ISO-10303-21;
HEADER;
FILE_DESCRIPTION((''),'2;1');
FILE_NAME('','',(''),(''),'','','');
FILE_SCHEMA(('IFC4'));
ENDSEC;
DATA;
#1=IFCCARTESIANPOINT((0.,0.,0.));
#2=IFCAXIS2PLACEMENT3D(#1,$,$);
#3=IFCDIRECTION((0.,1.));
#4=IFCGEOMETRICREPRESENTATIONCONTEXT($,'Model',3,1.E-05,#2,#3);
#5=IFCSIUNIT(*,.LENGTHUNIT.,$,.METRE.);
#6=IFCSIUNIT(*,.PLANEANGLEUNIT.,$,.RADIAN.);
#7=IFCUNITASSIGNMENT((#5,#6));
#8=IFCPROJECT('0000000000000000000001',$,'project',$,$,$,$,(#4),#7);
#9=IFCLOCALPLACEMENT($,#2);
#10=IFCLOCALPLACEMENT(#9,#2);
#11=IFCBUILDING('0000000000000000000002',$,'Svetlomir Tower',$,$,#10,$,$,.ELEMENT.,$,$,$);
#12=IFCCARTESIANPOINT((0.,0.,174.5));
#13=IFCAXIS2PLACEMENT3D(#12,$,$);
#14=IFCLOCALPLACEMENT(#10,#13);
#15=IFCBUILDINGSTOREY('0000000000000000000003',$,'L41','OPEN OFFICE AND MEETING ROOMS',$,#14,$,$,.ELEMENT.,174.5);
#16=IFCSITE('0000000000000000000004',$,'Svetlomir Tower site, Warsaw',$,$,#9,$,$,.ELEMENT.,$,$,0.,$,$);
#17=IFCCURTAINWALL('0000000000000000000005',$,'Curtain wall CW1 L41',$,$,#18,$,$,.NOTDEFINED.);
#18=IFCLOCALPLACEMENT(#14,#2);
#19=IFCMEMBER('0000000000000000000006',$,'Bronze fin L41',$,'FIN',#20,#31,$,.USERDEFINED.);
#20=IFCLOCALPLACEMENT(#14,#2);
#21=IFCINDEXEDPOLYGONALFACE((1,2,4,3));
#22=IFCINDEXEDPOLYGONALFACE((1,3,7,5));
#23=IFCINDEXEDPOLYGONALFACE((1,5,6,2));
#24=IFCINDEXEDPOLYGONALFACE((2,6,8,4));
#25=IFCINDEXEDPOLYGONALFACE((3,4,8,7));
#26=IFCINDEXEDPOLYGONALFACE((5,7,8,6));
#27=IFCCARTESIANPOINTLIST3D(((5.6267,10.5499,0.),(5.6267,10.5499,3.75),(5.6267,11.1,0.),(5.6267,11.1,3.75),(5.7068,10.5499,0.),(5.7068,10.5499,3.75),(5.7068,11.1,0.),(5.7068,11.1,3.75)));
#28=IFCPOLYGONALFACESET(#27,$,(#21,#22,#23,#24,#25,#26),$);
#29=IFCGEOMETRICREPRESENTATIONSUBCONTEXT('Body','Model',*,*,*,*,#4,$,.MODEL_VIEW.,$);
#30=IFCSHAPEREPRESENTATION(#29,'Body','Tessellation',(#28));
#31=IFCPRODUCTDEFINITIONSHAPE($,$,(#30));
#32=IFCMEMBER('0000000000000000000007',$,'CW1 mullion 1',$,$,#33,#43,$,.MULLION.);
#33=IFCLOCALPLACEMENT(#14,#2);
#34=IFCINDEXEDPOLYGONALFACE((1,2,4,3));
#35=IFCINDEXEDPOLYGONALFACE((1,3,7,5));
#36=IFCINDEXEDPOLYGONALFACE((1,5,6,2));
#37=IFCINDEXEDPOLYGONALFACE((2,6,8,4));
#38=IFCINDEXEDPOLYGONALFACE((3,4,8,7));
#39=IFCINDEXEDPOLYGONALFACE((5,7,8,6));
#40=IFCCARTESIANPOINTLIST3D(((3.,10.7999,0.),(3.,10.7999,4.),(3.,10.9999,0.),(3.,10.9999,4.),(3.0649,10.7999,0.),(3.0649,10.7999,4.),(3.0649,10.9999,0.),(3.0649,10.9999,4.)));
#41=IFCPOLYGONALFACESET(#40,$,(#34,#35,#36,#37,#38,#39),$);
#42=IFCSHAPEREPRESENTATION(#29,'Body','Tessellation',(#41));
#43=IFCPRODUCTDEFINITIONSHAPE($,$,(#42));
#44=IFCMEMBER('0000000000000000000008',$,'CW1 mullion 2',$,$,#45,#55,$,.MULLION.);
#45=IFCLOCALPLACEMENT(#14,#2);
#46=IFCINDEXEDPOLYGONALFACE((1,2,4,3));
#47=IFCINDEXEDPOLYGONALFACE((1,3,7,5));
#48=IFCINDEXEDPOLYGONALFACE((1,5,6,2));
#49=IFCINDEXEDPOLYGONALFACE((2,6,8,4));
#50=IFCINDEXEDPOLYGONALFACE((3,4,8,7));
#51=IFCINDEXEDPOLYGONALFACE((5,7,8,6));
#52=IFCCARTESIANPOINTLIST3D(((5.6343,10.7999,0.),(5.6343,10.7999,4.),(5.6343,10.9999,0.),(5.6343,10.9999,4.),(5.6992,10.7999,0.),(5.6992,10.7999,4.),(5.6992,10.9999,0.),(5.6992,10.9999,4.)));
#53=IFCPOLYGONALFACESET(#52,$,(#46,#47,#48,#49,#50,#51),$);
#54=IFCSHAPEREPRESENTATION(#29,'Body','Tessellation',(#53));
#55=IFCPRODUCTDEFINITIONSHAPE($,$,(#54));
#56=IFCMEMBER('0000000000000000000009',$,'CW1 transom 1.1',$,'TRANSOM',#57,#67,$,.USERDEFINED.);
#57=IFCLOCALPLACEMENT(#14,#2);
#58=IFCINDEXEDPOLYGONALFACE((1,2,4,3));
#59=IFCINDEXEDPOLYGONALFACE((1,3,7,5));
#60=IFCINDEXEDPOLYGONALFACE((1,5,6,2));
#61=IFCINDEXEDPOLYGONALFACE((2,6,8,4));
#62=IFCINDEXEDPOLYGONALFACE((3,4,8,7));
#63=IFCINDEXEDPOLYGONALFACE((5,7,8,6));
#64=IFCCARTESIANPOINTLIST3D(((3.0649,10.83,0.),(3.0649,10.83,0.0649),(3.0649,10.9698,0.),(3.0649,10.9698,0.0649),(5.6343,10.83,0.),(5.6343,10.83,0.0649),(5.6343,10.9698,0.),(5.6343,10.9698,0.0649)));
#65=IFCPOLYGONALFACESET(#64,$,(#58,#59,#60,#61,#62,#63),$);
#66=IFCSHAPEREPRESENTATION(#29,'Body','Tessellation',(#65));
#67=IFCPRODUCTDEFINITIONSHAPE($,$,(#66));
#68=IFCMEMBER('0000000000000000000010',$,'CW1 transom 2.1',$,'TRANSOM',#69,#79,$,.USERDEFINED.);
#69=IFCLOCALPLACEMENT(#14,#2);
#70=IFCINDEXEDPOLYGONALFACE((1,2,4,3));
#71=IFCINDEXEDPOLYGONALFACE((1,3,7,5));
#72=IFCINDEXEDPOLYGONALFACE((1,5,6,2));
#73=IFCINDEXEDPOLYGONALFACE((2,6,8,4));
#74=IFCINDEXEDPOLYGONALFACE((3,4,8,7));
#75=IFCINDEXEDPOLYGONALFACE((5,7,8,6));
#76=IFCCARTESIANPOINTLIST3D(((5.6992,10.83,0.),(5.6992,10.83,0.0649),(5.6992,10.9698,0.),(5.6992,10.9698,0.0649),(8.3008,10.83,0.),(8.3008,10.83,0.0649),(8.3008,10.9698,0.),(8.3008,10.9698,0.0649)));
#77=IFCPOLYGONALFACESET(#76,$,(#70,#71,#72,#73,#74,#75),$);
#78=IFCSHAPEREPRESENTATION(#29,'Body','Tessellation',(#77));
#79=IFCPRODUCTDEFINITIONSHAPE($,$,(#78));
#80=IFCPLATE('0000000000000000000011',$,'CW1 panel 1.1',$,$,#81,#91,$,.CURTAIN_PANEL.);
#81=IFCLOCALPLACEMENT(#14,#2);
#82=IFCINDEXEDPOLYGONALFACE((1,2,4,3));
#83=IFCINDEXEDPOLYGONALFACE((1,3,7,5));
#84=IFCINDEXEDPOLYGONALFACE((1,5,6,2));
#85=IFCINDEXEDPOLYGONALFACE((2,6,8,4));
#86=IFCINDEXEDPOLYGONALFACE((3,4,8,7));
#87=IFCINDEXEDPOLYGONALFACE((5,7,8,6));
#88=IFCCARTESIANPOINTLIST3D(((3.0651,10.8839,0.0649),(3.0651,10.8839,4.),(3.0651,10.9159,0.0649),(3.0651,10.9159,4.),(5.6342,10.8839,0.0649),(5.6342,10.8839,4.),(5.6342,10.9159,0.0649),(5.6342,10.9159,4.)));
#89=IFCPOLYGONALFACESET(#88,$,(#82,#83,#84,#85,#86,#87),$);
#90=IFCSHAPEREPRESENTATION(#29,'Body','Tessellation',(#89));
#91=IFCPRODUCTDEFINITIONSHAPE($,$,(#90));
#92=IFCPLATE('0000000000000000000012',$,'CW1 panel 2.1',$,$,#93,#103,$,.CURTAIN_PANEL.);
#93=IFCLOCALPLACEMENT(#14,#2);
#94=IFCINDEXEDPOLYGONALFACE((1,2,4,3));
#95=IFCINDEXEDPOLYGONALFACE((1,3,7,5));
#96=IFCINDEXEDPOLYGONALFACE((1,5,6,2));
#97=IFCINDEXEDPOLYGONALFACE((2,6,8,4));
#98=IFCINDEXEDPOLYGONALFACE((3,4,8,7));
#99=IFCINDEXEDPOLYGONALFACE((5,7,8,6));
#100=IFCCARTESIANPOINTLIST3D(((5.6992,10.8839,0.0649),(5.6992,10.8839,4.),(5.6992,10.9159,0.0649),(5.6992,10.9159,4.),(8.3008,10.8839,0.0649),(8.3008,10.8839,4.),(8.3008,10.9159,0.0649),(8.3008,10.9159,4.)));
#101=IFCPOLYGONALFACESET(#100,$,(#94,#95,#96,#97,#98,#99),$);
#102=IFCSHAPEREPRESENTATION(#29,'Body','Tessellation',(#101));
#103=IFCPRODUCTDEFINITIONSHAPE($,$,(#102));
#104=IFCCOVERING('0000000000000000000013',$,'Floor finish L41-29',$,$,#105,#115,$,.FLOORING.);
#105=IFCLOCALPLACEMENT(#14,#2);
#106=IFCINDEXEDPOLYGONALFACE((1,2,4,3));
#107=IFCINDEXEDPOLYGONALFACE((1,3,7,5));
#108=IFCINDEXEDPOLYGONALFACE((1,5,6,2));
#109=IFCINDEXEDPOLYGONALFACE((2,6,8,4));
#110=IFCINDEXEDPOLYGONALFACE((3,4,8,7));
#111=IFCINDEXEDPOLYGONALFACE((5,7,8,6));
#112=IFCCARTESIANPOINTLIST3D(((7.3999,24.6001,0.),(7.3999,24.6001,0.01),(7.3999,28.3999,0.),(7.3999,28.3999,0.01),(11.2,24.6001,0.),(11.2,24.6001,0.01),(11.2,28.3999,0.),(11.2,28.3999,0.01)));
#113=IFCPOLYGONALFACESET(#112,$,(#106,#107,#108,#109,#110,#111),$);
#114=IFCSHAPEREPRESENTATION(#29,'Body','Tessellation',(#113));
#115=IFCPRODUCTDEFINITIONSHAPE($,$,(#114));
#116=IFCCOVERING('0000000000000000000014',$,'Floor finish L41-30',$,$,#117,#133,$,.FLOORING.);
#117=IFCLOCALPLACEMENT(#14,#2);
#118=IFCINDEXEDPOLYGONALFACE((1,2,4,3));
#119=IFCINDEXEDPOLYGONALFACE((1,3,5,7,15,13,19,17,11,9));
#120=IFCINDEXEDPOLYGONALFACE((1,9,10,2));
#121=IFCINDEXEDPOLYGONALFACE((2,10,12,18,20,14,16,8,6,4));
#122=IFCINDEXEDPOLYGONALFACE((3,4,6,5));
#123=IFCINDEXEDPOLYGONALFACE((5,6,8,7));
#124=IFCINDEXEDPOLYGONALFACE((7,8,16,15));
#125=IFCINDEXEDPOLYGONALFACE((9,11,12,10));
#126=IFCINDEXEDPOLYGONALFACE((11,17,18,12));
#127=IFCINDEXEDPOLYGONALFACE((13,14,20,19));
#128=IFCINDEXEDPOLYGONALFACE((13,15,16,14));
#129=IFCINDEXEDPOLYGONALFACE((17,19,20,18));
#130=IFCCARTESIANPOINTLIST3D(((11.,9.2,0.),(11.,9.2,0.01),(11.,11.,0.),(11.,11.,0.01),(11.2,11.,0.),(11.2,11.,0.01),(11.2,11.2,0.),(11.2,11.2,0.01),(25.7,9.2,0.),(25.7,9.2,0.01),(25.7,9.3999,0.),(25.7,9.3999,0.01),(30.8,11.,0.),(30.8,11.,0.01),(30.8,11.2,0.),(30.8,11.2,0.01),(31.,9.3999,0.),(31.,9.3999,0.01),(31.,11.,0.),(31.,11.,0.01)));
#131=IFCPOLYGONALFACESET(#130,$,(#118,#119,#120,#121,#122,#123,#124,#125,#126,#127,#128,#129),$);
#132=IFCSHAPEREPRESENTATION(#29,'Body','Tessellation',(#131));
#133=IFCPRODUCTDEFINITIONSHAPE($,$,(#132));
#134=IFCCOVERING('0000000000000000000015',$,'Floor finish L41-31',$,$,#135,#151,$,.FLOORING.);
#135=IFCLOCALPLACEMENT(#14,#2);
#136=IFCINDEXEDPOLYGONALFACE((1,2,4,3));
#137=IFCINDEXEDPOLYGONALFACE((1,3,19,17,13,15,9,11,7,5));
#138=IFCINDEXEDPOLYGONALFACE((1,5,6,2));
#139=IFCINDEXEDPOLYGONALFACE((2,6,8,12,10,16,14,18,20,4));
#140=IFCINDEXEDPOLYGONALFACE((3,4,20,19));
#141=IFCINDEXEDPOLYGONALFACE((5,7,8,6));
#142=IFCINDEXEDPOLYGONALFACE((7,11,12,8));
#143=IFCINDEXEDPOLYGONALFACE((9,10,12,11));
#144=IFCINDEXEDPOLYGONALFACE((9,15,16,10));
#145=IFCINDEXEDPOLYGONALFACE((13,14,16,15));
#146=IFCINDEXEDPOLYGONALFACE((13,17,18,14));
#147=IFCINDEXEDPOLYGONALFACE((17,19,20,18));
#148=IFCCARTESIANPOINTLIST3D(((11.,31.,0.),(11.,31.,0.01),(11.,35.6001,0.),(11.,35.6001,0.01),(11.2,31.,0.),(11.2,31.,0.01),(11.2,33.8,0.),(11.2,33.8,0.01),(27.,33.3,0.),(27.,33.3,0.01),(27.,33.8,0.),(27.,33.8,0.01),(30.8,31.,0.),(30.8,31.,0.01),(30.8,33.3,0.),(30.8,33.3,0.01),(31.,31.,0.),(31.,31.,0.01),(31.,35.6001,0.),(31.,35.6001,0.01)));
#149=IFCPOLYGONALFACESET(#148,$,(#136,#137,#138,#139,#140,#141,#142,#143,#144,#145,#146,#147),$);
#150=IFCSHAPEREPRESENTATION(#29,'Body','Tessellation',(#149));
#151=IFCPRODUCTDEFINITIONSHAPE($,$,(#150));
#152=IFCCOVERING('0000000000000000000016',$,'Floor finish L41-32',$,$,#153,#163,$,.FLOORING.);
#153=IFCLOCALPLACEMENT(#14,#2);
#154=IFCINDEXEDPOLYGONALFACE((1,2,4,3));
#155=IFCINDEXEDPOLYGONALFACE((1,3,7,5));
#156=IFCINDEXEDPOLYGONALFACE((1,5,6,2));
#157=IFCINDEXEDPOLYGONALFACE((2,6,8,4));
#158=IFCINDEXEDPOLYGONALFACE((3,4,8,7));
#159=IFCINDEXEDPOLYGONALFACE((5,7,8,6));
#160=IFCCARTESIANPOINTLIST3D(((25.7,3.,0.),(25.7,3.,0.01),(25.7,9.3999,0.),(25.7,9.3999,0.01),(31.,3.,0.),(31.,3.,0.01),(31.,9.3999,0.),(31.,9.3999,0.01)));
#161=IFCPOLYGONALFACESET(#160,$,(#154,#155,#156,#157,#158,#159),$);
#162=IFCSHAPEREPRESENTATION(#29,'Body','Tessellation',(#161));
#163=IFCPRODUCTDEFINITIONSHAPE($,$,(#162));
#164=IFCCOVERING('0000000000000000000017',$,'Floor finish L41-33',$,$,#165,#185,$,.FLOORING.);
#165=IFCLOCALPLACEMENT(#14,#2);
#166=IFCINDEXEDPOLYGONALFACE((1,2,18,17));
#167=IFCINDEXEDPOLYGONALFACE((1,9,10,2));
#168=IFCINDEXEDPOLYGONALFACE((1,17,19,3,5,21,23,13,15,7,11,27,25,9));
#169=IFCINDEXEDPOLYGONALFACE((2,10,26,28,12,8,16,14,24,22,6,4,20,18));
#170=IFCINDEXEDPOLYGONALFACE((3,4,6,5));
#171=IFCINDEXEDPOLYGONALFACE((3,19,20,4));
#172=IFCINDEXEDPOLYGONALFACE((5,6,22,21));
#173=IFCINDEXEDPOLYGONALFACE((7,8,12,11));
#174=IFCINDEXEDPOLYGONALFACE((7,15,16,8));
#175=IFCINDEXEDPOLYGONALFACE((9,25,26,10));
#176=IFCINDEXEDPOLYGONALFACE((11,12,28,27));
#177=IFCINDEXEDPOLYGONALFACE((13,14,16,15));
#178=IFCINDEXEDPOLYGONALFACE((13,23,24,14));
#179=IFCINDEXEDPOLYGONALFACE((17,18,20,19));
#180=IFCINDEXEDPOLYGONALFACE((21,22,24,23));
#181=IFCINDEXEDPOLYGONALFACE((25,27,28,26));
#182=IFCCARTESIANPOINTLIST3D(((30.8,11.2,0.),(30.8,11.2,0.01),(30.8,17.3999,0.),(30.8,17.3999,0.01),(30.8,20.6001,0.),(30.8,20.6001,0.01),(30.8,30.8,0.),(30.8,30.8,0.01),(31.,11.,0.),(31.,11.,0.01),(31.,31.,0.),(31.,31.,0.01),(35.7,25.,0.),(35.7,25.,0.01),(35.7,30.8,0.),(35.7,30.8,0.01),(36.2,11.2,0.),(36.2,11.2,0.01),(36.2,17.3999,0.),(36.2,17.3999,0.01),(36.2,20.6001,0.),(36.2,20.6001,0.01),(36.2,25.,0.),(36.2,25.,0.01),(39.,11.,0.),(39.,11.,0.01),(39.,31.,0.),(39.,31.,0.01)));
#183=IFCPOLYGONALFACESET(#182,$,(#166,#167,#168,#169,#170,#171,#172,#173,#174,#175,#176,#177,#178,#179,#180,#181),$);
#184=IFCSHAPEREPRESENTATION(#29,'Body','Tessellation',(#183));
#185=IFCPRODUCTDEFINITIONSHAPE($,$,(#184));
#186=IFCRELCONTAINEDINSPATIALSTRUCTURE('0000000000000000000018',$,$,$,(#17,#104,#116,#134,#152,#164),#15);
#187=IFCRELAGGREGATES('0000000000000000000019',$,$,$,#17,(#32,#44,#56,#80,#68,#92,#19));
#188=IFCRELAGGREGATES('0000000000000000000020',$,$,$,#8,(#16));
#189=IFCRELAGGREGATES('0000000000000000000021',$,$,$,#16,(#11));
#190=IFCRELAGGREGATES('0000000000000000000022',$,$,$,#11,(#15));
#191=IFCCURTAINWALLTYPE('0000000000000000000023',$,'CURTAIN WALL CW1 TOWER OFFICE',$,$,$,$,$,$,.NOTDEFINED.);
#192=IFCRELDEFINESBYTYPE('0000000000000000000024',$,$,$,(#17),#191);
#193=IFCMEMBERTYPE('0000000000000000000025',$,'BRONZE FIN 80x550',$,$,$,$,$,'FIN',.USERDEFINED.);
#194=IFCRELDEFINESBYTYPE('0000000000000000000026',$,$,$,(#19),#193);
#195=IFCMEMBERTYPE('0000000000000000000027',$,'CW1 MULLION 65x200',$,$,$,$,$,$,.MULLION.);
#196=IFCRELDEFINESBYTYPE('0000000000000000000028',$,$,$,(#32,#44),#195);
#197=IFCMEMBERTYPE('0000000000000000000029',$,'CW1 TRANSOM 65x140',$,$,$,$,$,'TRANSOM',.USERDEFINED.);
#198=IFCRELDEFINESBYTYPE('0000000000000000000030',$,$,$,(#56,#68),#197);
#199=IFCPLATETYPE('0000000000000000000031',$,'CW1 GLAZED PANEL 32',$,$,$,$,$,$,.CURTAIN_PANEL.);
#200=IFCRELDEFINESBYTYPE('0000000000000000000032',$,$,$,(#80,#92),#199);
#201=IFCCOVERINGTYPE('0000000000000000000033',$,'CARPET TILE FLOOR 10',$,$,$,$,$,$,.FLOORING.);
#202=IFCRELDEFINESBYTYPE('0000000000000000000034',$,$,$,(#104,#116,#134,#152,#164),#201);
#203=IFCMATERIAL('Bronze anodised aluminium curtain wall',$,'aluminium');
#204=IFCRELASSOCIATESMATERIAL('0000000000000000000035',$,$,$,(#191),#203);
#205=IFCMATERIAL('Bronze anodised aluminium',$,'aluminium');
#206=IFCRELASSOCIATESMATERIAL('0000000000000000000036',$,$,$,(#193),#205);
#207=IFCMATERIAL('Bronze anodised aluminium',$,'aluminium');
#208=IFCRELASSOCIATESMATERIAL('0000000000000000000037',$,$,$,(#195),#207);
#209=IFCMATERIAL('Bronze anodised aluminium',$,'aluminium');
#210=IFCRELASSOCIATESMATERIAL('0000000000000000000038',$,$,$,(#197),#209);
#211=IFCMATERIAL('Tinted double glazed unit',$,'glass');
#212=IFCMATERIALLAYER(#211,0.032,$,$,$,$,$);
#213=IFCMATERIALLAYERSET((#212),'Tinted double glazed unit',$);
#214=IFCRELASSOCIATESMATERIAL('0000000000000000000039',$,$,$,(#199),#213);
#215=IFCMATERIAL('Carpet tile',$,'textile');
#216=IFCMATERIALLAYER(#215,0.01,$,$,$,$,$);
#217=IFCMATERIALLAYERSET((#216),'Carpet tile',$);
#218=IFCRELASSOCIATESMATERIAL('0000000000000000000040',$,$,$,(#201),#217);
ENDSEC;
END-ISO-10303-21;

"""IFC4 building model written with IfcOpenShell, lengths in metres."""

from ifc_helpers import new_model, si_unit, direction, frame, origin, origin_2d, place, context, subcontext, project, spatial, polyline, rectangle, outline, extrude, material, layer, layer_set, material_profile, profile_set, type_object, element, aggregate, save


model = new_model("IFC4")

# Units and contexts
model_context = context("Model", 3, precision=1e-05, world=origin(), true_north=direction((0.0, 1.0)))
body_context = subcontext(model_context, "Body", "Model", "MODEL_VIEW")
ifc_project = project(units=[si_unit("LENGTHUNIT", "METRE"), si_unit("PLANEANGLEUNIT", "RADIAN")], contexts=[model_context])

# Site, building, storey
site_placement = place(None, origin())
site = spatial("IfcSite", under=ifc_project, at=site_placement, Name="Svetlomir Tower site, Warsaw", CompositionType="ELEMENT", RefElevation=0.0)
building_placement = place(site_placement, origin())
building = spatial("IfcBuilding", under=site, at=building_placement, Name="Svetlomir Tower", CompositionType="ELEMENT")
storey_placement = place(building_placement, frame((0.0, 0.0, 174.5)))
storey = spatial("IfcBuildingStorey", under=building, at=storey_placement, Name="L41", Description="OPEN OFFICE AND MEETING ROOMS", CompositionType="ELEMENT", Elevation=174.5)

# Curtain wall, members, plates
ifc_material_1 = material(Name="Bronze anodised aluminium curtain wall", Category="aluminium")
curtain_wall_type = type_object("IfcCurtainWallType", Name="CURTAIN WALL CW1 TOWER OFFICE", PredefinedType="NOTDEFINED", material=ifc_material_1)
curtain_wall_placement = place(storey_placement, origin())
curtain_wall = element("IfcCurtainWall", 1, at=curtain_wall_placement, inside=storey, type_object=curtain_wall_type, Name="Curtain wall CW1 L41", PredefinedType="NOTDEFINED")
ifc_material_2 = material(Name="Bronze anodised aluminium", Category="aluminium")
ifc_material_profile_1 = material_profile(ifc_material_2, rectangle(XDim=0.0801, YDim=0.55, at=origin_2d()), Name="FIN 80x550")
ifc_profile_set_1 = profile_set([ifc_material_profile_1], Name="Bronze anodised aluminium 6063-T6")
member_type_1 = type_object("IfcMemberType", Name="BRONZE FIN 80x550", ElementType="FIN", PredefinedType="USERDEFINED", material=ifc_profile_set_1)
member_1_placement = place(storey_placement, frame((5.6667, 10.825, 0.0), z_axis=(0.0, 0.0, 1.0), x_axis=(1.0, 0.0, 0.0)))
member_1 = element("IfcMember", 2, at=member_1_placement, type_object=member_type_1, Name="Bronze fin L41", ObjectType="FIN", PredefinedType="USERDEFINED", context=body_context, shape_type="SweptSolid", body=[
    extrude(rectangle(XDim=0.0801, YDim=0.55, at=origin_2d()), origin(), (0.0, 0.0, 1.0), 3.75),
])
ifc_material_3 = material(Name="Bronze anodised aluminium", Category="aluminium")
ifc_material_profile_2 = material_profile(ifc_material_3, rectangle(XDim=0.0649, YDim=0.2, at=origin_2d()), Name="AL 65x200")
ifc_profile_set_2 = profile_set([ifc_material_profile_2], Name="Bronze anodised aluminium 6063-T6")
member_type_2 = type_object("IfcMemberType", Name="CW1 MULLION 65x200", PredefinedType="MULLION", material=ifc_profile_set_2)
member_2_placement = place(storey_placement, frame((3.0325, 10.8999, 0.0), z_axis=(0.0, 0.0, 1.0), x_axis=(1.0, 0.0, 0.0)))
member_2 = element("IfcMember", 3, at=member_2_placement, type_object=member_type_2, Name="CW1 mullion 1", PredefinedType="MULLION", context=body_context, shape_type="SweptSolid", body=[
    extrude(rectangle(XDim=0.0649, YDim=0.2, at=origin_2d()), origin(), (0.0, 0.0, 1.0), 4.0),
])
member_3_placement = place(storey_placement, frame((5.6667, 10.8999, 0.0), z_axis=(0.0, 0.0, 1.0), x_axis=(1.0, 0.0, 0.0)))
member_3 = element("IfcMember", 4, at=member_3_placement, type_object=member_type_2, Name="CW1 mullion 2", PredefinedType="MULLION", context=body_context, shape_type="SweptSolid", body=[
    extrude(rectangle(XDim=0.0649, YDim=0.2, at=origin_2d()), origin(), (0.0, 0.0, 1.0), 4.0),
])
ifc_material_4 = material(Name="Bronze anodised aluminium", Category="aluminium")
ifc_material_profile_3 = material_profile(ifc_material_4, rectangle(XDim=0.1399, YDim=0.0649, at=origin_2d()), Name="AL 140x65")
ifc_profile_set_3 = profile_set([ifc_material_profile_3], Name="Bronze anodised aluminium 6063-T6")
member_type_3 = type_object("IfcMemberType", Name="CW1 TRANSOM 65x140", ElementType="TRANSOM", PredefinedType="USERDEFINED", material=ifc_profile_set_3)
member_4_placement = place(storey_placement, frame((3.0649, 10.8999, 0.0325), z_axis=(1.0, 0.0, 0.0), x_axis=(0.0, 1.0, 0.0)))
member_4 = element("IfcMember", 5, at=member_4_placement, type_object=member_type_3, Name="CW1 transom 1.1", ObjectType="TRANSOM", PredefinedType="USERDEFINED", context=body_context, shape_type="SweptSolid", body=[
    extrude(rectangle(XDim=0.1399, YDim=0.0649, at=origin_2d()), origin(), (0.0, 0.0, 1.0), 2.5693),
])
member_5_placement = place(storey_placement, frame((5.6992, 10.8999, 0.0325), z_axis=(1.0, 0.0, 0.0), x_axis=(0.0, 1.0, 0.0)))
member_5 = element("IfcMember", 6, at=member_5_placement, type_object=member_type_3, Name="CW1 transom 2.1", ObjectType="TRANSOM", PredefinedType="USERDEFINED", context=body_context, shape_type="SweptSolid", body=[
    extrude(rectangle(XDim=0.1399, YDim=0.0649, at=origin_2d()), origin(), (0.0, 0.0, 1.0), 2.6016),
])
ifc_material_5 = material(Name="Tinted double glazed unit", Category="glass")
ifc_layer_1 = layer(ifc_material_5, 0.032)
ifc_layer_set_1 = layer_set([ifc_layer_1], Name="Tinted double glazed unit")
plate_type = type_object("IfcPlateType", Name="CW1 GLAZED PANEL 32", PredefinedType="CURTAIN_PANEL", material=ifc_layer_set_1)
plate_1_placement = place(storey_placement, frame((4.3496, 10.8999, 0.0649), z_axis=(0.0, 0.0, 1.0), x_axis=(1.0, 0.0, 0.0)))
plate_1 = element("IfcPlate", 7, at=plate_1_placement, type_object=plate_type, Name="CW1 panel 1.1", PredefinedType="CURTAIN_PANEL", context=body_context, shape_type="SweptSolid", body=[
    extrude(rectangle(XDim=2.5691, YDim=0.032, at=origin_2d()), origin(), (0.0, 0.0, 1.0), 3.9351),
])
plate_2_placement = place(storey_placement, frame((7.0, 10.8999, 0.0649), z_axis=(0.0, 0.0, 1.0), x_axis=(1.0, 0.0, 0.0)))
plate_2 = element("IfcPlate", 8, at=plate_2_placement, type_object=plate_type, Name="CW1 panel 2.1", PredefinedType="CURTAIN_PANEL", context=body_context, shape_type="SweptSolid", body=[
    extrude(rectangle(XDim=2.6016, YDim=0.032, at=origin_2d()), origin(), (0.0, 0.0, 1.0), 3.9351),
])
aggregate(curtain_wall, [member_2, member_3, member_4, plate_1, member_5, plate_2, member_1])

# Coverings
ifc_material_6 = material(Name="Carpet tile", Category="textile")
ifc_layer_2 = layer(ifc_material_6, 0.01)
ifc_layer_set_2 = layer_set([ifc_layer_2], Name="Carpet tile")
covering_type_1 = type_object("IfcCoveringType", Name="CARPET TILE FLOOR 10", PredefinedType="FLOORING", material=ifc_layer_set_2)
covering_1_placement = place(storey_placement, origin())
element("IfcCovering", 9, at=covering_1_placement, inside=storey, type_object=covering_type_1, Name="Floor finish L41-29", PredefinedType="FLOORING", context=body_context, shape_type="SweptSolid", body=[
    extrude(outline(polyline([(7.3999, 24.6001), (11.2, 24.6001), (11.2, 28.3999), (7.3999, 28.3999), (7.3999, 24.6001)])), origin(), (0.0, 0.0, 1.0), 0.01),
])
covering_2_placement = place(storey_placement, origin())
element("IfcCovering", 10, at=covering_2_placement, inside=storey, type_object=covering_type_1, Name="Floor finish L41-30", PredefinedType="FLOORING", context=body_context, shape_type="SweptSolid", body=[
    extrude(outline(polyline([(11.0, 11.0), (11.2, 11.0), (11.2, 11.2), (30.8, 11.2), (30.8, 11.0), (31.0, 11.0), (31.0, 9.3999), (25.7, 9.3999), (25.7, 9.2), (11.0, 9.2), (11.0, 11.0)])), origin(), (0.0, 0.0, 1.0), 0.01),
])
covering_3_placement = place(storey_placement, origin())
element("IfcCovering", 11, at=covering_3_placement, inside=storey, type_object=covering_type_1, Name="Floor finish L41-31", PredefinedType="FLOORING", context=body_context, shape_type="SweptSolid", body=[
    extrude(outline(polyline([(11.0, 35.6001), (31.0, 35.6001), (31.0, 31.0), (30.8, 31.0), (30.8, 33.3), (27.0, 33.3), (27.0, 33.8), (11.2, 33.8), (11.2, 31.0), (11.0, 31.0), (11.0, 35.6001)])), origin(), (0.0, 0.0, 1.0), 0.01),
])
covering_4_placement = place(storey_placement, origin())
element("IfcCovering", 12, at=covering_4_placement, inside=storey, type_object=covering_type_1, Name="Floor finish L41-32", PredefinedType="FLOORING", context=body_context, shape_type="SweptSolid", body=[
    extrude(outline(polyline([(25.7, 3.0), (25.7, 9.3999), (31.0, 9.3999), (31.0, 3.0), (25.7, 3.0)])), origin(), (0.0, 0.0, 1.0), 0.01),
])
covering_5_placement = place(storey_placement, origin())
element("IfcCovering", 13, at=covering_5_placement, inside=storey, type_object=covering_type_1, Name="Floor finish L41-33", PredefinedType="FLOORING", context=body_context, shape_type="SweptSolid", body=[
    extrude(outline(polyline([(30.8, 30.8), (31.0, 31.0), (39.0, 31.0), (39.0, 11.0), (31.0, 11.0), (30.8, 11.2), (36.2, 11.2), (36.2, 17.3999), (30.8, 17.3999), (30.8, 20.6001), (36.2, 20.6001), (36.2, 25.0), (35.7, 25.0), (35.7, 30.8), (30.8, 30.8)])), origin(), (0.0, 0.0, 1.0), 0.01),
])

save(model, "model.ifc")
